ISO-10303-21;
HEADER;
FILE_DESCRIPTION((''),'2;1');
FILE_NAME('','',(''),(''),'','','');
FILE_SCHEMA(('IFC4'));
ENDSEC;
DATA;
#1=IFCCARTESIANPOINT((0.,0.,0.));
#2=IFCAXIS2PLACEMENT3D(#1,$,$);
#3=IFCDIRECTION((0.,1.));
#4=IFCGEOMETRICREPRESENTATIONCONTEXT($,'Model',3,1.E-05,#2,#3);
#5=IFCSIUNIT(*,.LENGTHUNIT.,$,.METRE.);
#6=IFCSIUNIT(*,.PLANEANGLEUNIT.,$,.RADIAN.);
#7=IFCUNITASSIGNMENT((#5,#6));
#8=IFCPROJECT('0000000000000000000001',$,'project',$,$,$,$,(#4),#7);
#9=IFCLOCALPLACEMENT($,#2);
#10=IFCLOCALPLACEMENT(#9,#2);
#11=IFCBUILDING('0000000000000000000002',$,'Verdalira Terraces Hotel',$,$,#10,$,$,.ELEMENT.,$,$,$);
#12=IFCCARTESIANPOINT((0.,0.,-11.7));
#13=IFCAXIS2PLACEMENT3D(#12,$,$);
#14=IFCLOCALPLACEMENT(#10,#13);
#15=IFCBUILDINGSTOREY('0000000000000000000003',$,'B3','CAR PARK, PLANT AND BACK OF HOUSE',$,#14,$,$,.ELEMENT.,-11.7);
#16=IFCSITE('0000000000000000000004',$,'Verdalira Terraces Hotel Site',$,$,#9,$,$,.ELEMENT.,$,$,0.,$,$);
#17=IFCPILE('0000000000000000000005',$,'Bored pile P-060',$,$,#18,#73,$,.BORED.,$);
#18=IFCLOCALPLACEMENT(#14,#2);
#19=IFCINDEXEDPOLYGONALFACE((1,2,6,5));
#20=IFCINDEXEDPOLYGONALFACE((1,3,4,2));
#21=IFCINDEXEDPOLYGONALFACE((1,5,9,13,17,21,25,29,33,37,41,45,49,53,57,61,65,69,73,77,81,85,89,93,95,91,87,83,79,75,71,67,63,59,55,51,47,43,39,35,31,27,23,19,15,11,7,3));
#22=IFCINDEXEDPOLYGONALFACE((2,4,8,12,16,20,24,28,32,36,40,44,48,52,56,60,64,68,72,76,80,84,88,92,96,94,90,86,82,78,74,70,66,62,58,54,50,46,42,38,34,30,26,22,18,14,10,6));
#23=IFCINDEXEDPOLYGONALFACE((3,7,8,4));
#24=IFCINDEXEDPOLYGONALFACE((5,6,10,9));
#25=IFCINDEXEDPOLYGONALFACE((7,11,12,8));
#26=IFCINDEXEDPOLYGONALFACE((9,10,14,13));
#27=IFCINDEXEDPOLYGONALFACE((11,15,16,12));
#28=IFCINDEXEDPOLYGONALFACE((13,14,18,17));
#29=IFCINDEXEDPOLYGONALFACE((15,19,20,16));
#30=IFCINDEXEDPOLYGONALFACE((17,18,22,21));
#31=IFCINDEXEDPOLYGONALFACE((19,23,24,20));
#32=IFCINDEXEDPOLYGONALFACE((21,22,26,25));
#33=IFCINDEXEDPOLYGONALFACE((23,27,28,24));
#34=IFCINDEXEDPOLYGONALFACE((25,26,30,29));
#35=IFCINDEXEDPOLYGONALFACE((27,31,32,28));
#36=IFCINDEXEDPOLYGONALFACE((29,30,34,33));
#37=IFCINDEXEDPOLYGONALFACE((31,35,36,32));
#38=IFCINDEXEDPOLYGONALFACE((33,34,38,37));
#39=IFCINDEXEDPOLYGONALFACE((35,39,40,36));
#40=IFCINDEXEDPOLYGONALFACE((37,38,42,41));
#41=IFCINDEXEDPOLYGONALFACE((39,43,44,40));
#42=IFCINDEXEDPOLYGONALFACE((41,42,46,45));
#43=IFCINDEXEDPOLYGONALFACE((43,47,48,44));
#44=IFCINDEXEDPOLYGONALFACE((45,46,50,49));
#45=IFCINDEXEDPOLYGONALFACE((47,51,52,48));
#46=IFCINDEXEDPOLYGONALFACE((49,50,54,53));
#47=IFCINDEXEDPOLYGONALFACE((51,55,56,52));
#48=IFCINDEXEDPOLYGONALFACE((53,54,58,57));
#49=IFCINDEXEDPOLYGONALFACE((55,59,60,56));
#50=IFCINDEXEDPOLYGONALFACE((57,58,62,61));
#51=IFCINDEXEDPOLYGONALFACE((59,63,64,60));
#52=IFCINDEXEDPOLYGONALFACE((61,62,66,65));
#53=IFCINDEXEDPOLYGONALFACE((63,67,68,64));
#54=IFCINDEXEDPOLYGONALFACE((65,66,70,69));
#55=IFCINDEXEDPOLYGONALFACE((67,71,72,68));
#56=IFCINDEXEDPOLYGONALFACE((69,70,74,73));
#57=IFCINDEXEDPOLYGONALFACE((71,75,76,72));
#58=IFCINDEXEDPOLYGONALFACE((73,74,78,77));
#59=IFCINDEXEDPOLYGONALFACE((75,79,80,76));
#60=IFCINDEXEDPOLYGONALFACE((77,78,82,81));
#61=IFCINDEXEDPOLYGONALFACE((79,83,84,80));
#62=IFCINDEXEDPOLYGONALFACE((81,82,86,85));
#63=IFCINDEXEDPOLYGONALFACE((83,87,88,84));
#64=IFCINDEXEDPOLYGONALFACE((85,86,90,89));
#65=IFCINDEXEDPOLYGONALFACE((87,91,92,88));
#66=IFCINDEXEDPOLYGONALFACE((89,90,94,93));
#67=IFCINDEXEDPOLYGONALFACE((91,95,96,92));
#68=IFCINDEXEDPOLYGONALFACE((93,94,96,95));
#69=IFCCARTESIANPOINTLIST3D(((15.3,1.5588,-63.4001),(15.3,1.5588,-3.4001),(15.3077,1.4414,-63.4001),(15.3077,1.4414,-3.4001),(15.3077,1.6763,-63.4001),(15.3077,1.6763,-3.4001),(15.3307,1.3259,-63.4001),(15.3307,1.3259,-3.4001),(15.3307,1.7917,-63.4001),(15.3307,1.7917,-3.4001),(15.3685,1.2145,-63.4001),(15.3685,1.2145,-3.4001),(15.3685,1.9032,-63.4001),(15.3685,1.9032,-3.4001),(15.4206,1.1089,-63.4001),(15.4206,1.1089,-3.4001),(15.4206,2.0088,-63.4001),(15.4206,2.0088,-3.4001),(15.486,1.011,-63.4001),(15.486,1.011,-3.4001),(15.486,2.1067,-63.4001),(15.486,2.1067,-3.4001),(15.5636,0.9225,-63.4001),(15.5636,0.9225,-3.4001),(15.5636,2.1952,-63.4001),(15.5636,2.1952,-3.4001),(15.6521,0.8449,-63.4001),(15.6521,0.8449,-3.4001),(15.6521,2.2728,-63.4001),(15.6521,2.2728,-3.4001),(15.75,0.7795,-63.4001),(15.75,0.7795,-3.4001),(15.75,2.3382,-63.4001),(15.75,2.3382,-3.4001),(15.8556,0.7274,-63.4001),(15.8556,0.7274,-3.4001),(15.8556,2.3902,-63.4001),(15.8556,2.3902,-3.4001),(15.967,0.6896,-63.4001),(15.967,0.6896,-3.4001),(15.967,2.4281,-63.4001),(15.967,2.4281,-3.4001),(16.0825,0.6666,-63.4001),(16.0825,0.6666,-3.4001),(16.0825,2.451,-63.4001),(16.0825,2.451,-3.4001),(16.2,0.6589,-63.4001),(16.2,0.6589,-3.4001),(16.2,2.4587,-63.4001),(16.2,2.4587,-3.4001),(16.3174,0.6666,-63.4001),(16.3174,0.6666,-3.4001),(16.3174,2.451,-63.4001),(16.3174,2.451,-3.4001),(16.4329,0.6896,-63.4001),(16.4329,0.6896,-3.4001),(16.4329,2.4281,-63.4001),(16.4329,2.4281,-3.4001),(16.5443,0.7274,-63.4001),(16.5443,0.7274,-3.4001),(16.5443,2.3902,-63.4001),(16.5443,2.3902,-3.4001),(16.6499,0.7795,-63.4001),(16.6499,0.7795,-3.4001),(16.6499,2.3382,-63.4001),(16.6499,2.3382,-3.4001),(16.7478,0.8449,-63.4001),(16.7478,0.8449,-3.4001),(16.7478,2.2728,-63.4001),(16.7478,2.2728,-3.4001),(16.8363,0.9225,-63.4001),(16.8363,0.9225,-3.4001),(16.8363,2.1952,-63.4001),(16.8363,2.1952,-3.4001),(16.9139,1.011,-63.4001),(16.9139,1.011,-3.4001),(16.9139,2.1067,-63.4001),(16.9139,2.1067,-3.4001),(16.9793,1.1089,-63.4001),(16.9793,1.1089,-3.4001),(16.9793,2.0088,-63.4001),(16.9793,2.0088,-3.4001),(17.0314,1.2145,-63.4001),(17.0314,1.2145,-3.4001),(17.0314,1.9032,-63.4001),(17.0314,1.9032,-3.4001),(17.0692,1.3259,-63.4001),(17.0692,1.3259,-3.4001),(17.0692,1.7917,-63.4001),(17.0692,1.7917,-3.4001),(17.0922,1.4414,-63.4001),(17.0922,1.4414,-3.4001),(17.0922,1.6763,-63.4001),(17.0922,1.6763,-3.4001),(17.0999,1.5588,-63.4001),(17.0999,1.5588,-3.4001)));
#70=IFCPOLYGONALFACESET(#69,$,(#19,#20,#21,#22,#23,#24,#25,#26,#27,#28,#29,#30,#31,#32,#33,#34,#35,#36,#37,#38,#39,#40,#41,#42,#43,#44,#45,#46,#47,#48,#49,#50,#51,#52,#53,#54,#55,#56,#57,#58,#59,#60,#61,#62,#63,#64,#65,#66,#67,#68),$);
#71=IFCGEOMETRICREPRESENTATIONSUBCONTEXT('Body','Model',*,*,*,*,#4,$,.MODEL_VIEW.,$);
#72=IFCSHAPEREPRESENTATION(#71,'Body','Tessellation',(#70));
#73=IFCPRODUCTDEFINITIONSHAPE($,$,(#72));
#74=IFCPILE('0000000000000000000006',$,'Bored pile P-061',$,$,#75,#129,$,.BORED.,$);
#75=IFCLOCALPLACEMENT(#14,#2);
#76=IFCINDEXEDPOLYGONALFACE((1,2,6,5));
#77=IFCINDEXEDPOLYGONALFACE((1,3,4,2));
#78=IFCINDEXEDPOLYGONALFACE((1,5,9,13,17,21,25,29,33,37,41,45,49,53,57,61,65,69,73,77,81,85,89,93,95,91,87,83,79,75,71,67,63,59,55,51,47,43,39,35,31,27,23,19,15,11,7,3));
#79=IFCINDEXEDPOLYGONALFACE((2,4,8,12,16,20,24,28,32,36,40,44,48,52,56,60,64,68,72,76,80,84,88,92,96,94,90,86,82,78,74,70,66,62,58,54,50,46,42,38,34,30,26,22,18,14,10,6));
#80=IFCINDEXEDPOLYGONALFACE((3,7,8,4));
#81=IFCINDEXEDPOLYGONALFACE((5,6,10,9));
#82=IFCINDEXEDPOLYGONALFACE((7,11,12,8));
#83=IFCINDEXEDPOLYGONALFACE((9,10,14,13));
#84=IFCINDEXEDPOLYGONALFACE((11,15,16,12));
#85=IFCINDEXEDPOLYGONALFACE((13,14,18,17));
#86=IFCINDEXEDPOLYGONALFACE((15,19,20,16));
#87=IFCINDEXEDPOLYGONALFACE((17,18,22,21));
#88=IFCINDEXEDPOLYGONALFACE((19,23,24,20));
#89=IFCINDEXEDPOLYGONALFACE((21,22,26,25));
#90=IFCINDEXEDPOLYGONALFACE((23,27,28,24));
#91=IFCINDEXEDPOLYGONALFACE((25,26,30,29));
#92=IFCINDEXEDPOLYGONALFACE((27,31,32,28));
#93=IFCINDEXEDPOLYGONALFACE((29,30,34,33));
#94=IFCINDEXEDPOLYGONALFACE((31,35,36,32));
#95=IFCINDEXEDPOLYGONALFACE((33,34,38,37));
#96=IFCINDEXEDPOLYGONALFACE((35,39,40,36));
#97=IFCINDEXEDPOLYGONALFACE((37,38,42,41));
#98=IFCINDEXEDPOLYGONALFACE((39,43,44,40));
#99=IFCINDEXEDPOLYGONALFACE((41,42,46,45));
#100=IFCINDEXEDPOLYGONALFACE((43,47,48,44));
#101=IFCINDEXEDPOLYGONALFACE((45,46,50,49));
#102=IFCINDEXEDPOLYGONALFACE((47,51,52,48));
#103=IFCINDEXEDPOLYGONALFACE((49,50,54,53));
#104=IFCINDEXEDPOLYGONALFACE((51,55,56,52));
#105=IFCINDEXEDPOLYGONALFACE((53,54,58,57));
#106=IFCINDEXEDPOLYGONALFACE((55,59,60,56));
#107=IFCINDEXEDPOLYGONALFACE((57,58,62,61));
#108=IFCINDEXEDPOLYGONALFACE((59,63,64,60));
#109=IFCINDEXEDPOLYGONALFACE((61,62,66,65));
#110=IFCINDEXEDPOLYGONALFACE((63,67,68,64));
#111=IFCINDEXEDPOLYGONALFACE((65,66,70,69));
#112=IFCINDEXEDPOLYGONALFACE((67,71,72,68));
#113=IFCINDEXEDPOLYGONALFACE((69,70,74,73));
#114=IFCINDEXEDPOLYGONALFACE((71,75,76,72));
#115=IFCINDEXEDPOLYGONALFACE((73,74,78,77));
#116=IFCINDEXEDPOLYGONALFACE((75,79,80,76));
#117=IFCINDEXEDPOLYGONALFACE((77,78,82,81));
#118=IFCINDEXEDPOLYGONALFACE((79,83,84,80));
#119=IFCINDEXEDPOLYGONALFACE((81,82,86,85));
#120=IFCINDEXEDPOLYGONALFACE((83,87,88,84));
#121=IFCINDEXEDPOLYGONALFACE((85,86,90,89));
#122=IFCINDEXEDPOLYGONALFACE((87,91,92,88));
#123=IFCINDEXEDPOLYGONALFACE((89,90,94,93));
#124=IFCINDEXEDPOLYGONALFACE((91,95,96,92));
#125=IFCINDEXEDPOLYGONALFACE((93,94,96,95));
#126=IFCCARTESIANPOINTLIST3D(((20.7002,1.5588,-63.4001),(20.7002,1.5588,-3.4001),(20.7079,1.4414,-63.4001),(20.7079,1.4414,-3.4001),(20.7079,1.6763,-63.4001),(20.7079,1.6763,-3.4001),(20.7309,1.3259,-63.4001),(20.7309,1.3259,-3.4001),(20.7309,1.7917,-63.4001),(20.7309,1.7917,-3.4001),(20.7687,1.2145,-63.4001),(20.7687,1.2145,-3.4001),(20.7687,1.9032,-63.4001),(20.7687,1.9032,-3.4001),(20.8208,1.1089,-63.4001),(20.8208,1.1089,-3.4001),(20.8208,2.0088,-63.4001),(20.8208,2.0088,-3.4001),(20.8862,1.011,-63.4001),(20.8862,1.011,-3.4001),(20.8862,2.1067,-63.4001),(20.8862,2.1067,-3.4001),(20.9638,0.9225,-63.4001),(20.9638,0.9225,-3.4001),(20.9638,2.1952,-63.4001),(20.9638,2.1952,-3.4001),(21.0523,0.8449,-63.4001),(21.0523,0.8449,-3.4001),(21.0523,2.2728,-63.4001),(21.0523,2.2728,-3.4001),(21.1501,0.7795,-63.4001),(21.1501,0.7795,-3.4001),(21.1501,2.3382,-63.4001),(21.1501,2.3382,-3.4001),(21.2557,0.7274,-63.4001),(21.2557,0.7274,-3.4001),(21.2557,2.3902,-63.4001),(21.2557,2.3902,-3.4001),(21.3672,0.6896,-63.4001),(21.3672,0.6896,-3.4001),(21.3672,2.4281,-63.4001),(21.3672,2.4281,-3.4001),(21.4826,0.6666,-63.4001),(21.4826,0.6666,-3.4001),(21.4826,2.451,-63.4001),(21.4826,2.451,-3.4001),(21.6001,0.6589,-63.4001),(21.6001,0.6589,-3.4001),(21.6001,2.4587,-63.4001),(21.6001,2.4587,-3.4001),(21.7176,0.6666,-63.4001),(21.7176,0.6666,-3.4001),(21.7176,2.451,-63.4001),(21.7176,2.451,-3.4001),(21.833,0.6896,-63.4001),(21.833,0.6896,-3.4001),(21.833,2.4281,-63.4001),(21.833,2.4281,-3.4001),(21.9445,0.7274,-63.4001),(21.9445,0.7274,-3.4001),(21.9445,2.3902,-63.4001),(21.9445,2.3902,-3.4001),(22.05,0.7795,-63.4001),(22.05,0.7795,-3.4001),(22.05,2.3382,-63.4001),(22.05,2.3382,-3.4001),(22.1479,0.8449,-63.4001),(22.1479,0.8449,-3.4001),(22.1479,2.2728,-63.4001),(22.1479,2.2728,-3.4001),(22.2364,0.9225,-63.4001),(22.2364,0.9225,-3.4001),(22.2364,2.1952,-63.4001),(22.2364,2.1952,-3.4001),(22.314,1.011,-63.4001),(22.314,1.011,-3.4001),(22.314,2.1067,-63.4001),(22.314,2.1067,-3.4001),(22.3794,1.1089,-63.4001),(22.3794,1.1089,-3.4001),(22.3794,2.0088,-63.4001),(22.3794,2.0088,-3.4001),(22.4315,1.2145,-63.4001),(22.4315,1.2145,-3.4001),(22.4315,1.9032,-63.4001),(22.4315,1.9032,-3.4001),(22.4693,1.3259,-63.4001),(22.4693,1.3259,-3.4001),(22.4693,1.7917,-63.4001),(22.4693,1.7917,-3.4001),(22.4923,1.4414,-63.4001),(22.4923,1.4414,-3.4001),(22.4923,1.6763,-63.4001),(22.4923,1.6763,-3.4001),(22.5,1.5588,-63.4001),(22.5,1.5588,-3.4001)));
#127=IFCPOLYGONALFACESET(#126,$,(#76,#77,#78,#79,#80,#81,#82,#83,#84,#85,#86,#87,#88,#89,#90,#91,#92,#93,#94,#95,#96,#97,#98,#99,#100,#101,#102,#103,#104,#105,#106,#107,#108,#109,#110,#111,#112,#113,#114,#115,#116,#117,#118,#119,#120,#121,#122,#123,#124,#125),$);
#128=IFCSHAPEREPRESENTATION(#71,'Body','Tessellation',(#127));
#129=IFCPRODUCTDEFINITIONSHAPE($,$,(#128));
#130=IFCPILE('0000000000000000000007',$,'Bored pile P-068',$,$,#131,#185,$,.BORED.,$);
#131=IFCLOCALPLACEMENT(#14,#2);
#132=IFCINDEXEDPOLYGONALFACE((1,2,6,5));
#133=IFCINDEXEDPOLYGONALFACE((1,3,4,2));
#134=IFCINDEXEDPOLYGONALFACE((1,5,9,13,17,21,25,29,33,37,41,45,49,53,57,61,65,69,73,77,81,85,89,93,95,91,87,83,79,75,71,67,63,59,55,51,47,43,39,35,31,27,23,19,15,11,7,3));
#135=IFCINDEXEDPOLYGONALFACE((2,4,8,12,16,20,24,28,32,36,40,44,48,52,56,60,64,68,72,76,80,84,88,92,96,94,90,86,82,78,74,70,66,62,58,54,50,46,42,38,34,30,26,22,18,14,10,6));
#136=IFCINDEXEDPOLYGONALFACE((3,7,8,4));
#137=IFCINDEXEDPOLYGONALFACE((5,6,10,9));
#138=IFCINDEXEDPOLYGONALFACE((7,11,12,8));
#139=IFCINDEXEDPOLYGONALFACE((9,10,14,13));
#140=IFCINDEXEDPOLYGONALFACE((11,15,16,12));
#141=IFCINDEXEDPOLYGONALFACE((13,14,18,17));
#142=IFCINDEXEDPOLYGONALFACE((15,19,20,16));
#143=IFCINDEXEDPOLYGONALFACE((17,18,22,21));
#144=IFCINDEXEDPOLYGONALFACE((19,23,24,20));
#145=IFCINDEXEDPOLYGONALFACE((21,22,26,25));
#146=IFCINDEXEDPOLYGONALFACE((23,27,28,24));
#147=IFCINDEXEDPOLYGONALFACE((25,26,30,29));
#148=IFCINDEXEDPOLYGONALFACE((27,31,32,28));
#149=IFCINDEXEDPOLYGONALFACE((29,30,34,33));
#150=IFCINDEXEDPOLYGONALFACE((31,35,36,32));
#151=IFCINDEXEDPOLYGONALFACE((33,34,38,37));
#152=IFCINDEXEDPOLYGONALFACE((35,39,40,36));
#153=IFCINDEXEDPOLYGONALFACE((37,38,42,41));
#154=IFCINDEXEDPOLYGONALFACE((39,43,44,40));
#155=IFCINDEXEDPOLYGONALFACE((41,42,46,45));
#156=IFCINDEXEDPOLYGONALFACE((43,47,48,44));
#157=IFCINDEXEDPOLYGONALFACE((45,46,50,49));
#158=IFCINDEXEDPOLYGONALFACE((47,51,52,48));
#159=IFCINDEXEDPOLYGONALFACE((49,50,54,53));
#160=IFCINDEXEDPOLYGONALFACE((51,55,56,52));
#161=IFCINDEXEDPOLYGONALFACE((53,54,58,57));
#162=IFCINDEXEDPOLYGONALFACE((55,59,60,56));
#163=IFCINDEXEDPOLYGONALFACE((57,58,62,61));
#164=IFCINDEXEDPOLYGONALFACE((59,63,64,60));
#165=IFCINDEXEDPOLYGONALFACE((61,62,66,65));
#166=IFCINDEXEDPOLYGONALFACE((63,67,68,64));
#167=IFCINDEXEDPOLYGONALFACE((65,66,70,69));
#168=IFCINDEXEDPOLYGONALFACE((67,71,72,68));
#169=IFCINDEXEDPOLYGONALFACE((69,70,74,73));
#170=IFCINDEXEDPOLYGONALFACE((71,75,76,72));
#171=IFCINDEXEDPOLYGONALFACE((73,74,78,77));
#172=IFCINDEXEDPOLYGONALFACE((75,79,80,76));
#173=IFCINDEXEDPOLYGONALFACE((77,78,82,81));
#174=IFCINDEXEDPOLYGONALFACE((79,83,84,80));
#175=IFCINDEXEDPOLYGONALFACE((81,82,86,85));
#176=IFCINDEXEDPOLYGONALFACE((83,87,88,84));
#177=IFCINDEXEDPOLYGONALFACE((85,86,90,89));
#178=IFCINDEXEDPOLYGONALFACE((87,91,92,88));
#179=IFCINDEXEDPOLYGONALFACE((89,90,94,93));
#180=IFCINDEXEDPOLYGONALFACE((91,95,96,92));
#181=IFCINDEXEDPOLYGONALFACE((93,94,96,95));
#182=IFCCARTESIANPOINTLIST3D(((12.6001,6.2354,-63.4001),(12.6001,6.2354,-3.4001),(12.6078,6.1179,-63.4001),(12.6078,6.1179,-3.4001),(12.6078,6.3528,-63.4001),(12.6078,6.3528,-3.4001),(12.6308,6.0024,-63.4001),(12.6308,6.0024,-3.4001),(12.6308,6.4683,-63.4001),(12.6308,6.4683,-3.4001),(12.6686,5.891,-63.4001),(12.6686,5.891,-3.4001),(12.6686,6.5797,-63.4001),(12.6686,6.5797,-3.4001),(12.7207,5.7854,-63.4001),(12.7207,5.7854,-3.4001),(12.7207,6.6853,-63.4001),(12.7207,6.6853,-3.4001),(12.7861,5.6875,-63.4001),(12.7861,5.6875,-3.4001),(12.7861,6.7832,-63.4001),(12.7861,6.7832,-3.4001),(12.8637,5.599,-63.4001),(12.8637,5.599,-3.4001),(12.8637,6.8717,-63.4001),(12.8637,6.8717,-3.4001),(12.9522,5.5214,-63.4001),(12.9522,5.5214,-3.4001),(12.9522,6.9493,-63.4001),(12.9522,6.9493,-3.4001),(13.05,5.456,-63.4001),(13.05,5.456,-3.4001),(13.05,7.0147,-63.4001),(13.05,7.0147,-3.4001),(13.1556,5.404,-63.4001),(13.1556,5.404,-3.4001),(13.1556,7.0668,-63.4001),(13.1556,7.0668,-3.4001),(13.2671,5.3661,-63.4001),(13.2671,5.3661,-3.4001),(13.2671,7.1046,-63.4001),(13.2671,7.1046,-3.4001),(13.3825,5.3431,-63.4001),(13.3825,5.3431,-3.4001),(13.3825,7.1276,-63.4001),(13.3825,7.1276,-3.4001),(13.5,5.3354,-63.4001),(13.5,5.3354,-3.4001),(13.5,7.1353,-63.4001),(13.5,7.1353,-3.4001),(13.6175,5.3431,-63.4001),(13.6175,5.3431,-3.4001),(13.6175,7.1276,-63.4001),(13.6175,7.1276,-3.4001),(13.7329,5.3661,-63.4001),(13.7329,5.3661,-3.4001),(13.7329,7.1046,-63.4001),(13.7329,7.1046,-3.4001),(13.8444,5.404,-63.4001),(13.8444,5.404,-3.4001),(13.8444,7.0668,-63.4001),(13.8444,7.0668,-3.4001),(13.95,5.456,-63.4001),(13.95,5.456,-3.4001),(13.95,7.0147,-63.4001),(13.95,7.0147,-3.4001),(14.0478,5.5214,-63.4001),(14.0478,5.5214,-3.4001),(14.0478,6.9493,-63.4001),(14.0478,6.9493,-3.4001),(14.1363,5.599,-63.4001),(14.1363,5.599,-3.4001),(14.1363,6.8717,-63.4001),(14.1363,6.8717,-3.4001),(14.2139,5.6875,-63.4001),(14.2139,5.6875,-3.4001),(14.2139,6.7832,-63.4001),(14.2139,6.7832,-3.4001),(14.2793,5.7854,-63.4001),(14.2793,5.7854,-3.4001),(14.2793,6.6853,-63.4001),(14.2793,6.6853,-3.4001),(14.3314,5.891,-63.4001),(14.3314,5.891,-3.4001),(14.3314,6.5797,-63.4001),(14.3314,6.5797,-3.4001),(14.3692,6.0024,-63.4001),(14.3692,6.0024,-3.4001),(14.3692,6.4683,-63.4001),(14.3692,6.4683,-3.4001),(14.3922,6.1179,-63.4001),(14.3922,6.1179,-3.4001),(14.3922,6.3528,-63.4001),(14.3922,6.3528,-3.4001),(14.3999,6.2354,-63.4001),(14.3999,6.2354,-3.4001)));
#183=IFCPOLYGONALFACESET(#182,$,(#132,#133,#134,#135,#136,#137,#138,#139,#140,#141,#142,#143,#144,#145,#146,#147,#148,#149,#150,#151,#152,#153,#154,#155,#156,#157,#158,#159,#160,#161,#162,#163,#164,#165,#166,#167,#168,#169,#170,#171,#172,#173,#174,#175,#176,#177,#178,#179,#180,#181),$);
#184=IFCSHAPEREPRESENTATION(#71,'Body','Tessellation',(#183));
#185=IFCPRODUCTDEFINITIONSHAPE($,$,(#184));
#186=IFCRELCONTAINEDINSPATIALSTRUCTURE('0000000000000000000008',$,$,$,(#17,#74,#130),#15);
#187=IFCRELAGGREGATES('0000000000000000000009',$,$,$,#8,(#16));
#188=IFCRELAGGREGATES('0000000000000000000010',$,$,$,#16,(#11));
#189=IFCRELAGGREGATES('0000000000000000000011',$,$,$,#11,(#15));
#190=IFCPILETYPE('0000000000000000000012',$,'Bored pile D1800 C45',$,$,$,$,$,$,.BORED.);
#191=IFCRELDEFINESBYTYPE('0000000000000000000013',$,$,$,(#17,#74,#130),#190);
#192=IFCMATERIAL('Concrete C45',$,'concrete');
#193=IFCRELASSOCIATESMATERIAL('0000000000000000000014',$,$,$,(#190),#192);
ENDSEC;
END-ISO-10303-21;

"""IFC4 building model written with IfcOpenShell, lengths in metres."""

from ifc_helpers import new_model, si_unit, direction, frame, origin, origin_2d, place, context, subcontext, project, spatial, circle, extrude, material, material_profile, profile_set, type_object, element, save


model = new_model("IFC4")

# Units and contexts
model_context = context("Model", 3, precision=1e-05, world=origin(), true_north=direction((0.0, 1.0)))
body_context = subcontext(model_context, "Body", "Model", "MODEL_VIEW")
ifc_project = project(units=[si_unit("LENGTHUNIT", "METRE"), si_unit("PLANEANGLEUNIT", "RADIAN")], contexts=[model_context])

# Site, building, storey
site_placement = place(None, origin())
site = spatial("IfcSite", under=ifc_project, at=site_placement, Name="Verdalira Terraces Hotel Site", CompositionType="ELEMENT", RefElevation=0.0)
building_placement = place(site_placement, origin())
building = spatial("IfcBuilding", under=site, at=building_placement, Name="Verdalira Terraces Hotel", CompositionType="ELEMENT")
storey_placement = place(building_placement, frame((0.0, 0.0, -11.7)))
storey = spatial("IfcBuildingStorey", under=building, at=storey_placement, Name="B3", Description="CAR PARK, PLANT AND BACK OF HOUSE", CompositionType="ELEMENT", Elevation=-11.7)

# Piles
ifc_material_1 = material(Name="Concrete C45", Category="concrete")
ifc_material_profile_1 = material_profile(ifc_material_1, circle(Radius=0.8999, at=origin_2d()), Name="D1800")
ifc_profile_set_1 = profile_set([ifc_material_profile_1], Name="Concrete C45")
pile_type = type_object("IfcPileType", Name="Bored pile D1800 C45", PredefinedType="BORED", material=ifc_profile_set_1)
for number, where, z_axis, x_axis, name in (
    (1, (16.2, 1.5588, -3.4001), (0.0, 0.0, -1.0), (1.0, 0.0, 0.0), "Bored pile P-060"),
    (2, (21.6001, 1.5588, -3.4001), (0.0, 0.0, -1.0), (1.0, 0.0, 0.0), "Bored pile P-061"),
    (3, (13.5, 6.2354, -3.4001), (0.0, 0.0, -1.0), (1.0, 0.0, 0.0), "Bored pile P-068"),
):
    element("IfcPile", number, at=place(storey_placement, frame(where, z_axis=z_axis, x_axis=x_axis)), inside=storey, type_object=pile_type, Name=name, PredefinedType="BORED", context=body_context, shape_type="SweptSolid", body=[
        extrude(circle(Radius=0.8999, at=origin_2d()), origin(), (0.0, 0.0, 1.0), 60.0),
    ])

save(model, "model.ifc")
